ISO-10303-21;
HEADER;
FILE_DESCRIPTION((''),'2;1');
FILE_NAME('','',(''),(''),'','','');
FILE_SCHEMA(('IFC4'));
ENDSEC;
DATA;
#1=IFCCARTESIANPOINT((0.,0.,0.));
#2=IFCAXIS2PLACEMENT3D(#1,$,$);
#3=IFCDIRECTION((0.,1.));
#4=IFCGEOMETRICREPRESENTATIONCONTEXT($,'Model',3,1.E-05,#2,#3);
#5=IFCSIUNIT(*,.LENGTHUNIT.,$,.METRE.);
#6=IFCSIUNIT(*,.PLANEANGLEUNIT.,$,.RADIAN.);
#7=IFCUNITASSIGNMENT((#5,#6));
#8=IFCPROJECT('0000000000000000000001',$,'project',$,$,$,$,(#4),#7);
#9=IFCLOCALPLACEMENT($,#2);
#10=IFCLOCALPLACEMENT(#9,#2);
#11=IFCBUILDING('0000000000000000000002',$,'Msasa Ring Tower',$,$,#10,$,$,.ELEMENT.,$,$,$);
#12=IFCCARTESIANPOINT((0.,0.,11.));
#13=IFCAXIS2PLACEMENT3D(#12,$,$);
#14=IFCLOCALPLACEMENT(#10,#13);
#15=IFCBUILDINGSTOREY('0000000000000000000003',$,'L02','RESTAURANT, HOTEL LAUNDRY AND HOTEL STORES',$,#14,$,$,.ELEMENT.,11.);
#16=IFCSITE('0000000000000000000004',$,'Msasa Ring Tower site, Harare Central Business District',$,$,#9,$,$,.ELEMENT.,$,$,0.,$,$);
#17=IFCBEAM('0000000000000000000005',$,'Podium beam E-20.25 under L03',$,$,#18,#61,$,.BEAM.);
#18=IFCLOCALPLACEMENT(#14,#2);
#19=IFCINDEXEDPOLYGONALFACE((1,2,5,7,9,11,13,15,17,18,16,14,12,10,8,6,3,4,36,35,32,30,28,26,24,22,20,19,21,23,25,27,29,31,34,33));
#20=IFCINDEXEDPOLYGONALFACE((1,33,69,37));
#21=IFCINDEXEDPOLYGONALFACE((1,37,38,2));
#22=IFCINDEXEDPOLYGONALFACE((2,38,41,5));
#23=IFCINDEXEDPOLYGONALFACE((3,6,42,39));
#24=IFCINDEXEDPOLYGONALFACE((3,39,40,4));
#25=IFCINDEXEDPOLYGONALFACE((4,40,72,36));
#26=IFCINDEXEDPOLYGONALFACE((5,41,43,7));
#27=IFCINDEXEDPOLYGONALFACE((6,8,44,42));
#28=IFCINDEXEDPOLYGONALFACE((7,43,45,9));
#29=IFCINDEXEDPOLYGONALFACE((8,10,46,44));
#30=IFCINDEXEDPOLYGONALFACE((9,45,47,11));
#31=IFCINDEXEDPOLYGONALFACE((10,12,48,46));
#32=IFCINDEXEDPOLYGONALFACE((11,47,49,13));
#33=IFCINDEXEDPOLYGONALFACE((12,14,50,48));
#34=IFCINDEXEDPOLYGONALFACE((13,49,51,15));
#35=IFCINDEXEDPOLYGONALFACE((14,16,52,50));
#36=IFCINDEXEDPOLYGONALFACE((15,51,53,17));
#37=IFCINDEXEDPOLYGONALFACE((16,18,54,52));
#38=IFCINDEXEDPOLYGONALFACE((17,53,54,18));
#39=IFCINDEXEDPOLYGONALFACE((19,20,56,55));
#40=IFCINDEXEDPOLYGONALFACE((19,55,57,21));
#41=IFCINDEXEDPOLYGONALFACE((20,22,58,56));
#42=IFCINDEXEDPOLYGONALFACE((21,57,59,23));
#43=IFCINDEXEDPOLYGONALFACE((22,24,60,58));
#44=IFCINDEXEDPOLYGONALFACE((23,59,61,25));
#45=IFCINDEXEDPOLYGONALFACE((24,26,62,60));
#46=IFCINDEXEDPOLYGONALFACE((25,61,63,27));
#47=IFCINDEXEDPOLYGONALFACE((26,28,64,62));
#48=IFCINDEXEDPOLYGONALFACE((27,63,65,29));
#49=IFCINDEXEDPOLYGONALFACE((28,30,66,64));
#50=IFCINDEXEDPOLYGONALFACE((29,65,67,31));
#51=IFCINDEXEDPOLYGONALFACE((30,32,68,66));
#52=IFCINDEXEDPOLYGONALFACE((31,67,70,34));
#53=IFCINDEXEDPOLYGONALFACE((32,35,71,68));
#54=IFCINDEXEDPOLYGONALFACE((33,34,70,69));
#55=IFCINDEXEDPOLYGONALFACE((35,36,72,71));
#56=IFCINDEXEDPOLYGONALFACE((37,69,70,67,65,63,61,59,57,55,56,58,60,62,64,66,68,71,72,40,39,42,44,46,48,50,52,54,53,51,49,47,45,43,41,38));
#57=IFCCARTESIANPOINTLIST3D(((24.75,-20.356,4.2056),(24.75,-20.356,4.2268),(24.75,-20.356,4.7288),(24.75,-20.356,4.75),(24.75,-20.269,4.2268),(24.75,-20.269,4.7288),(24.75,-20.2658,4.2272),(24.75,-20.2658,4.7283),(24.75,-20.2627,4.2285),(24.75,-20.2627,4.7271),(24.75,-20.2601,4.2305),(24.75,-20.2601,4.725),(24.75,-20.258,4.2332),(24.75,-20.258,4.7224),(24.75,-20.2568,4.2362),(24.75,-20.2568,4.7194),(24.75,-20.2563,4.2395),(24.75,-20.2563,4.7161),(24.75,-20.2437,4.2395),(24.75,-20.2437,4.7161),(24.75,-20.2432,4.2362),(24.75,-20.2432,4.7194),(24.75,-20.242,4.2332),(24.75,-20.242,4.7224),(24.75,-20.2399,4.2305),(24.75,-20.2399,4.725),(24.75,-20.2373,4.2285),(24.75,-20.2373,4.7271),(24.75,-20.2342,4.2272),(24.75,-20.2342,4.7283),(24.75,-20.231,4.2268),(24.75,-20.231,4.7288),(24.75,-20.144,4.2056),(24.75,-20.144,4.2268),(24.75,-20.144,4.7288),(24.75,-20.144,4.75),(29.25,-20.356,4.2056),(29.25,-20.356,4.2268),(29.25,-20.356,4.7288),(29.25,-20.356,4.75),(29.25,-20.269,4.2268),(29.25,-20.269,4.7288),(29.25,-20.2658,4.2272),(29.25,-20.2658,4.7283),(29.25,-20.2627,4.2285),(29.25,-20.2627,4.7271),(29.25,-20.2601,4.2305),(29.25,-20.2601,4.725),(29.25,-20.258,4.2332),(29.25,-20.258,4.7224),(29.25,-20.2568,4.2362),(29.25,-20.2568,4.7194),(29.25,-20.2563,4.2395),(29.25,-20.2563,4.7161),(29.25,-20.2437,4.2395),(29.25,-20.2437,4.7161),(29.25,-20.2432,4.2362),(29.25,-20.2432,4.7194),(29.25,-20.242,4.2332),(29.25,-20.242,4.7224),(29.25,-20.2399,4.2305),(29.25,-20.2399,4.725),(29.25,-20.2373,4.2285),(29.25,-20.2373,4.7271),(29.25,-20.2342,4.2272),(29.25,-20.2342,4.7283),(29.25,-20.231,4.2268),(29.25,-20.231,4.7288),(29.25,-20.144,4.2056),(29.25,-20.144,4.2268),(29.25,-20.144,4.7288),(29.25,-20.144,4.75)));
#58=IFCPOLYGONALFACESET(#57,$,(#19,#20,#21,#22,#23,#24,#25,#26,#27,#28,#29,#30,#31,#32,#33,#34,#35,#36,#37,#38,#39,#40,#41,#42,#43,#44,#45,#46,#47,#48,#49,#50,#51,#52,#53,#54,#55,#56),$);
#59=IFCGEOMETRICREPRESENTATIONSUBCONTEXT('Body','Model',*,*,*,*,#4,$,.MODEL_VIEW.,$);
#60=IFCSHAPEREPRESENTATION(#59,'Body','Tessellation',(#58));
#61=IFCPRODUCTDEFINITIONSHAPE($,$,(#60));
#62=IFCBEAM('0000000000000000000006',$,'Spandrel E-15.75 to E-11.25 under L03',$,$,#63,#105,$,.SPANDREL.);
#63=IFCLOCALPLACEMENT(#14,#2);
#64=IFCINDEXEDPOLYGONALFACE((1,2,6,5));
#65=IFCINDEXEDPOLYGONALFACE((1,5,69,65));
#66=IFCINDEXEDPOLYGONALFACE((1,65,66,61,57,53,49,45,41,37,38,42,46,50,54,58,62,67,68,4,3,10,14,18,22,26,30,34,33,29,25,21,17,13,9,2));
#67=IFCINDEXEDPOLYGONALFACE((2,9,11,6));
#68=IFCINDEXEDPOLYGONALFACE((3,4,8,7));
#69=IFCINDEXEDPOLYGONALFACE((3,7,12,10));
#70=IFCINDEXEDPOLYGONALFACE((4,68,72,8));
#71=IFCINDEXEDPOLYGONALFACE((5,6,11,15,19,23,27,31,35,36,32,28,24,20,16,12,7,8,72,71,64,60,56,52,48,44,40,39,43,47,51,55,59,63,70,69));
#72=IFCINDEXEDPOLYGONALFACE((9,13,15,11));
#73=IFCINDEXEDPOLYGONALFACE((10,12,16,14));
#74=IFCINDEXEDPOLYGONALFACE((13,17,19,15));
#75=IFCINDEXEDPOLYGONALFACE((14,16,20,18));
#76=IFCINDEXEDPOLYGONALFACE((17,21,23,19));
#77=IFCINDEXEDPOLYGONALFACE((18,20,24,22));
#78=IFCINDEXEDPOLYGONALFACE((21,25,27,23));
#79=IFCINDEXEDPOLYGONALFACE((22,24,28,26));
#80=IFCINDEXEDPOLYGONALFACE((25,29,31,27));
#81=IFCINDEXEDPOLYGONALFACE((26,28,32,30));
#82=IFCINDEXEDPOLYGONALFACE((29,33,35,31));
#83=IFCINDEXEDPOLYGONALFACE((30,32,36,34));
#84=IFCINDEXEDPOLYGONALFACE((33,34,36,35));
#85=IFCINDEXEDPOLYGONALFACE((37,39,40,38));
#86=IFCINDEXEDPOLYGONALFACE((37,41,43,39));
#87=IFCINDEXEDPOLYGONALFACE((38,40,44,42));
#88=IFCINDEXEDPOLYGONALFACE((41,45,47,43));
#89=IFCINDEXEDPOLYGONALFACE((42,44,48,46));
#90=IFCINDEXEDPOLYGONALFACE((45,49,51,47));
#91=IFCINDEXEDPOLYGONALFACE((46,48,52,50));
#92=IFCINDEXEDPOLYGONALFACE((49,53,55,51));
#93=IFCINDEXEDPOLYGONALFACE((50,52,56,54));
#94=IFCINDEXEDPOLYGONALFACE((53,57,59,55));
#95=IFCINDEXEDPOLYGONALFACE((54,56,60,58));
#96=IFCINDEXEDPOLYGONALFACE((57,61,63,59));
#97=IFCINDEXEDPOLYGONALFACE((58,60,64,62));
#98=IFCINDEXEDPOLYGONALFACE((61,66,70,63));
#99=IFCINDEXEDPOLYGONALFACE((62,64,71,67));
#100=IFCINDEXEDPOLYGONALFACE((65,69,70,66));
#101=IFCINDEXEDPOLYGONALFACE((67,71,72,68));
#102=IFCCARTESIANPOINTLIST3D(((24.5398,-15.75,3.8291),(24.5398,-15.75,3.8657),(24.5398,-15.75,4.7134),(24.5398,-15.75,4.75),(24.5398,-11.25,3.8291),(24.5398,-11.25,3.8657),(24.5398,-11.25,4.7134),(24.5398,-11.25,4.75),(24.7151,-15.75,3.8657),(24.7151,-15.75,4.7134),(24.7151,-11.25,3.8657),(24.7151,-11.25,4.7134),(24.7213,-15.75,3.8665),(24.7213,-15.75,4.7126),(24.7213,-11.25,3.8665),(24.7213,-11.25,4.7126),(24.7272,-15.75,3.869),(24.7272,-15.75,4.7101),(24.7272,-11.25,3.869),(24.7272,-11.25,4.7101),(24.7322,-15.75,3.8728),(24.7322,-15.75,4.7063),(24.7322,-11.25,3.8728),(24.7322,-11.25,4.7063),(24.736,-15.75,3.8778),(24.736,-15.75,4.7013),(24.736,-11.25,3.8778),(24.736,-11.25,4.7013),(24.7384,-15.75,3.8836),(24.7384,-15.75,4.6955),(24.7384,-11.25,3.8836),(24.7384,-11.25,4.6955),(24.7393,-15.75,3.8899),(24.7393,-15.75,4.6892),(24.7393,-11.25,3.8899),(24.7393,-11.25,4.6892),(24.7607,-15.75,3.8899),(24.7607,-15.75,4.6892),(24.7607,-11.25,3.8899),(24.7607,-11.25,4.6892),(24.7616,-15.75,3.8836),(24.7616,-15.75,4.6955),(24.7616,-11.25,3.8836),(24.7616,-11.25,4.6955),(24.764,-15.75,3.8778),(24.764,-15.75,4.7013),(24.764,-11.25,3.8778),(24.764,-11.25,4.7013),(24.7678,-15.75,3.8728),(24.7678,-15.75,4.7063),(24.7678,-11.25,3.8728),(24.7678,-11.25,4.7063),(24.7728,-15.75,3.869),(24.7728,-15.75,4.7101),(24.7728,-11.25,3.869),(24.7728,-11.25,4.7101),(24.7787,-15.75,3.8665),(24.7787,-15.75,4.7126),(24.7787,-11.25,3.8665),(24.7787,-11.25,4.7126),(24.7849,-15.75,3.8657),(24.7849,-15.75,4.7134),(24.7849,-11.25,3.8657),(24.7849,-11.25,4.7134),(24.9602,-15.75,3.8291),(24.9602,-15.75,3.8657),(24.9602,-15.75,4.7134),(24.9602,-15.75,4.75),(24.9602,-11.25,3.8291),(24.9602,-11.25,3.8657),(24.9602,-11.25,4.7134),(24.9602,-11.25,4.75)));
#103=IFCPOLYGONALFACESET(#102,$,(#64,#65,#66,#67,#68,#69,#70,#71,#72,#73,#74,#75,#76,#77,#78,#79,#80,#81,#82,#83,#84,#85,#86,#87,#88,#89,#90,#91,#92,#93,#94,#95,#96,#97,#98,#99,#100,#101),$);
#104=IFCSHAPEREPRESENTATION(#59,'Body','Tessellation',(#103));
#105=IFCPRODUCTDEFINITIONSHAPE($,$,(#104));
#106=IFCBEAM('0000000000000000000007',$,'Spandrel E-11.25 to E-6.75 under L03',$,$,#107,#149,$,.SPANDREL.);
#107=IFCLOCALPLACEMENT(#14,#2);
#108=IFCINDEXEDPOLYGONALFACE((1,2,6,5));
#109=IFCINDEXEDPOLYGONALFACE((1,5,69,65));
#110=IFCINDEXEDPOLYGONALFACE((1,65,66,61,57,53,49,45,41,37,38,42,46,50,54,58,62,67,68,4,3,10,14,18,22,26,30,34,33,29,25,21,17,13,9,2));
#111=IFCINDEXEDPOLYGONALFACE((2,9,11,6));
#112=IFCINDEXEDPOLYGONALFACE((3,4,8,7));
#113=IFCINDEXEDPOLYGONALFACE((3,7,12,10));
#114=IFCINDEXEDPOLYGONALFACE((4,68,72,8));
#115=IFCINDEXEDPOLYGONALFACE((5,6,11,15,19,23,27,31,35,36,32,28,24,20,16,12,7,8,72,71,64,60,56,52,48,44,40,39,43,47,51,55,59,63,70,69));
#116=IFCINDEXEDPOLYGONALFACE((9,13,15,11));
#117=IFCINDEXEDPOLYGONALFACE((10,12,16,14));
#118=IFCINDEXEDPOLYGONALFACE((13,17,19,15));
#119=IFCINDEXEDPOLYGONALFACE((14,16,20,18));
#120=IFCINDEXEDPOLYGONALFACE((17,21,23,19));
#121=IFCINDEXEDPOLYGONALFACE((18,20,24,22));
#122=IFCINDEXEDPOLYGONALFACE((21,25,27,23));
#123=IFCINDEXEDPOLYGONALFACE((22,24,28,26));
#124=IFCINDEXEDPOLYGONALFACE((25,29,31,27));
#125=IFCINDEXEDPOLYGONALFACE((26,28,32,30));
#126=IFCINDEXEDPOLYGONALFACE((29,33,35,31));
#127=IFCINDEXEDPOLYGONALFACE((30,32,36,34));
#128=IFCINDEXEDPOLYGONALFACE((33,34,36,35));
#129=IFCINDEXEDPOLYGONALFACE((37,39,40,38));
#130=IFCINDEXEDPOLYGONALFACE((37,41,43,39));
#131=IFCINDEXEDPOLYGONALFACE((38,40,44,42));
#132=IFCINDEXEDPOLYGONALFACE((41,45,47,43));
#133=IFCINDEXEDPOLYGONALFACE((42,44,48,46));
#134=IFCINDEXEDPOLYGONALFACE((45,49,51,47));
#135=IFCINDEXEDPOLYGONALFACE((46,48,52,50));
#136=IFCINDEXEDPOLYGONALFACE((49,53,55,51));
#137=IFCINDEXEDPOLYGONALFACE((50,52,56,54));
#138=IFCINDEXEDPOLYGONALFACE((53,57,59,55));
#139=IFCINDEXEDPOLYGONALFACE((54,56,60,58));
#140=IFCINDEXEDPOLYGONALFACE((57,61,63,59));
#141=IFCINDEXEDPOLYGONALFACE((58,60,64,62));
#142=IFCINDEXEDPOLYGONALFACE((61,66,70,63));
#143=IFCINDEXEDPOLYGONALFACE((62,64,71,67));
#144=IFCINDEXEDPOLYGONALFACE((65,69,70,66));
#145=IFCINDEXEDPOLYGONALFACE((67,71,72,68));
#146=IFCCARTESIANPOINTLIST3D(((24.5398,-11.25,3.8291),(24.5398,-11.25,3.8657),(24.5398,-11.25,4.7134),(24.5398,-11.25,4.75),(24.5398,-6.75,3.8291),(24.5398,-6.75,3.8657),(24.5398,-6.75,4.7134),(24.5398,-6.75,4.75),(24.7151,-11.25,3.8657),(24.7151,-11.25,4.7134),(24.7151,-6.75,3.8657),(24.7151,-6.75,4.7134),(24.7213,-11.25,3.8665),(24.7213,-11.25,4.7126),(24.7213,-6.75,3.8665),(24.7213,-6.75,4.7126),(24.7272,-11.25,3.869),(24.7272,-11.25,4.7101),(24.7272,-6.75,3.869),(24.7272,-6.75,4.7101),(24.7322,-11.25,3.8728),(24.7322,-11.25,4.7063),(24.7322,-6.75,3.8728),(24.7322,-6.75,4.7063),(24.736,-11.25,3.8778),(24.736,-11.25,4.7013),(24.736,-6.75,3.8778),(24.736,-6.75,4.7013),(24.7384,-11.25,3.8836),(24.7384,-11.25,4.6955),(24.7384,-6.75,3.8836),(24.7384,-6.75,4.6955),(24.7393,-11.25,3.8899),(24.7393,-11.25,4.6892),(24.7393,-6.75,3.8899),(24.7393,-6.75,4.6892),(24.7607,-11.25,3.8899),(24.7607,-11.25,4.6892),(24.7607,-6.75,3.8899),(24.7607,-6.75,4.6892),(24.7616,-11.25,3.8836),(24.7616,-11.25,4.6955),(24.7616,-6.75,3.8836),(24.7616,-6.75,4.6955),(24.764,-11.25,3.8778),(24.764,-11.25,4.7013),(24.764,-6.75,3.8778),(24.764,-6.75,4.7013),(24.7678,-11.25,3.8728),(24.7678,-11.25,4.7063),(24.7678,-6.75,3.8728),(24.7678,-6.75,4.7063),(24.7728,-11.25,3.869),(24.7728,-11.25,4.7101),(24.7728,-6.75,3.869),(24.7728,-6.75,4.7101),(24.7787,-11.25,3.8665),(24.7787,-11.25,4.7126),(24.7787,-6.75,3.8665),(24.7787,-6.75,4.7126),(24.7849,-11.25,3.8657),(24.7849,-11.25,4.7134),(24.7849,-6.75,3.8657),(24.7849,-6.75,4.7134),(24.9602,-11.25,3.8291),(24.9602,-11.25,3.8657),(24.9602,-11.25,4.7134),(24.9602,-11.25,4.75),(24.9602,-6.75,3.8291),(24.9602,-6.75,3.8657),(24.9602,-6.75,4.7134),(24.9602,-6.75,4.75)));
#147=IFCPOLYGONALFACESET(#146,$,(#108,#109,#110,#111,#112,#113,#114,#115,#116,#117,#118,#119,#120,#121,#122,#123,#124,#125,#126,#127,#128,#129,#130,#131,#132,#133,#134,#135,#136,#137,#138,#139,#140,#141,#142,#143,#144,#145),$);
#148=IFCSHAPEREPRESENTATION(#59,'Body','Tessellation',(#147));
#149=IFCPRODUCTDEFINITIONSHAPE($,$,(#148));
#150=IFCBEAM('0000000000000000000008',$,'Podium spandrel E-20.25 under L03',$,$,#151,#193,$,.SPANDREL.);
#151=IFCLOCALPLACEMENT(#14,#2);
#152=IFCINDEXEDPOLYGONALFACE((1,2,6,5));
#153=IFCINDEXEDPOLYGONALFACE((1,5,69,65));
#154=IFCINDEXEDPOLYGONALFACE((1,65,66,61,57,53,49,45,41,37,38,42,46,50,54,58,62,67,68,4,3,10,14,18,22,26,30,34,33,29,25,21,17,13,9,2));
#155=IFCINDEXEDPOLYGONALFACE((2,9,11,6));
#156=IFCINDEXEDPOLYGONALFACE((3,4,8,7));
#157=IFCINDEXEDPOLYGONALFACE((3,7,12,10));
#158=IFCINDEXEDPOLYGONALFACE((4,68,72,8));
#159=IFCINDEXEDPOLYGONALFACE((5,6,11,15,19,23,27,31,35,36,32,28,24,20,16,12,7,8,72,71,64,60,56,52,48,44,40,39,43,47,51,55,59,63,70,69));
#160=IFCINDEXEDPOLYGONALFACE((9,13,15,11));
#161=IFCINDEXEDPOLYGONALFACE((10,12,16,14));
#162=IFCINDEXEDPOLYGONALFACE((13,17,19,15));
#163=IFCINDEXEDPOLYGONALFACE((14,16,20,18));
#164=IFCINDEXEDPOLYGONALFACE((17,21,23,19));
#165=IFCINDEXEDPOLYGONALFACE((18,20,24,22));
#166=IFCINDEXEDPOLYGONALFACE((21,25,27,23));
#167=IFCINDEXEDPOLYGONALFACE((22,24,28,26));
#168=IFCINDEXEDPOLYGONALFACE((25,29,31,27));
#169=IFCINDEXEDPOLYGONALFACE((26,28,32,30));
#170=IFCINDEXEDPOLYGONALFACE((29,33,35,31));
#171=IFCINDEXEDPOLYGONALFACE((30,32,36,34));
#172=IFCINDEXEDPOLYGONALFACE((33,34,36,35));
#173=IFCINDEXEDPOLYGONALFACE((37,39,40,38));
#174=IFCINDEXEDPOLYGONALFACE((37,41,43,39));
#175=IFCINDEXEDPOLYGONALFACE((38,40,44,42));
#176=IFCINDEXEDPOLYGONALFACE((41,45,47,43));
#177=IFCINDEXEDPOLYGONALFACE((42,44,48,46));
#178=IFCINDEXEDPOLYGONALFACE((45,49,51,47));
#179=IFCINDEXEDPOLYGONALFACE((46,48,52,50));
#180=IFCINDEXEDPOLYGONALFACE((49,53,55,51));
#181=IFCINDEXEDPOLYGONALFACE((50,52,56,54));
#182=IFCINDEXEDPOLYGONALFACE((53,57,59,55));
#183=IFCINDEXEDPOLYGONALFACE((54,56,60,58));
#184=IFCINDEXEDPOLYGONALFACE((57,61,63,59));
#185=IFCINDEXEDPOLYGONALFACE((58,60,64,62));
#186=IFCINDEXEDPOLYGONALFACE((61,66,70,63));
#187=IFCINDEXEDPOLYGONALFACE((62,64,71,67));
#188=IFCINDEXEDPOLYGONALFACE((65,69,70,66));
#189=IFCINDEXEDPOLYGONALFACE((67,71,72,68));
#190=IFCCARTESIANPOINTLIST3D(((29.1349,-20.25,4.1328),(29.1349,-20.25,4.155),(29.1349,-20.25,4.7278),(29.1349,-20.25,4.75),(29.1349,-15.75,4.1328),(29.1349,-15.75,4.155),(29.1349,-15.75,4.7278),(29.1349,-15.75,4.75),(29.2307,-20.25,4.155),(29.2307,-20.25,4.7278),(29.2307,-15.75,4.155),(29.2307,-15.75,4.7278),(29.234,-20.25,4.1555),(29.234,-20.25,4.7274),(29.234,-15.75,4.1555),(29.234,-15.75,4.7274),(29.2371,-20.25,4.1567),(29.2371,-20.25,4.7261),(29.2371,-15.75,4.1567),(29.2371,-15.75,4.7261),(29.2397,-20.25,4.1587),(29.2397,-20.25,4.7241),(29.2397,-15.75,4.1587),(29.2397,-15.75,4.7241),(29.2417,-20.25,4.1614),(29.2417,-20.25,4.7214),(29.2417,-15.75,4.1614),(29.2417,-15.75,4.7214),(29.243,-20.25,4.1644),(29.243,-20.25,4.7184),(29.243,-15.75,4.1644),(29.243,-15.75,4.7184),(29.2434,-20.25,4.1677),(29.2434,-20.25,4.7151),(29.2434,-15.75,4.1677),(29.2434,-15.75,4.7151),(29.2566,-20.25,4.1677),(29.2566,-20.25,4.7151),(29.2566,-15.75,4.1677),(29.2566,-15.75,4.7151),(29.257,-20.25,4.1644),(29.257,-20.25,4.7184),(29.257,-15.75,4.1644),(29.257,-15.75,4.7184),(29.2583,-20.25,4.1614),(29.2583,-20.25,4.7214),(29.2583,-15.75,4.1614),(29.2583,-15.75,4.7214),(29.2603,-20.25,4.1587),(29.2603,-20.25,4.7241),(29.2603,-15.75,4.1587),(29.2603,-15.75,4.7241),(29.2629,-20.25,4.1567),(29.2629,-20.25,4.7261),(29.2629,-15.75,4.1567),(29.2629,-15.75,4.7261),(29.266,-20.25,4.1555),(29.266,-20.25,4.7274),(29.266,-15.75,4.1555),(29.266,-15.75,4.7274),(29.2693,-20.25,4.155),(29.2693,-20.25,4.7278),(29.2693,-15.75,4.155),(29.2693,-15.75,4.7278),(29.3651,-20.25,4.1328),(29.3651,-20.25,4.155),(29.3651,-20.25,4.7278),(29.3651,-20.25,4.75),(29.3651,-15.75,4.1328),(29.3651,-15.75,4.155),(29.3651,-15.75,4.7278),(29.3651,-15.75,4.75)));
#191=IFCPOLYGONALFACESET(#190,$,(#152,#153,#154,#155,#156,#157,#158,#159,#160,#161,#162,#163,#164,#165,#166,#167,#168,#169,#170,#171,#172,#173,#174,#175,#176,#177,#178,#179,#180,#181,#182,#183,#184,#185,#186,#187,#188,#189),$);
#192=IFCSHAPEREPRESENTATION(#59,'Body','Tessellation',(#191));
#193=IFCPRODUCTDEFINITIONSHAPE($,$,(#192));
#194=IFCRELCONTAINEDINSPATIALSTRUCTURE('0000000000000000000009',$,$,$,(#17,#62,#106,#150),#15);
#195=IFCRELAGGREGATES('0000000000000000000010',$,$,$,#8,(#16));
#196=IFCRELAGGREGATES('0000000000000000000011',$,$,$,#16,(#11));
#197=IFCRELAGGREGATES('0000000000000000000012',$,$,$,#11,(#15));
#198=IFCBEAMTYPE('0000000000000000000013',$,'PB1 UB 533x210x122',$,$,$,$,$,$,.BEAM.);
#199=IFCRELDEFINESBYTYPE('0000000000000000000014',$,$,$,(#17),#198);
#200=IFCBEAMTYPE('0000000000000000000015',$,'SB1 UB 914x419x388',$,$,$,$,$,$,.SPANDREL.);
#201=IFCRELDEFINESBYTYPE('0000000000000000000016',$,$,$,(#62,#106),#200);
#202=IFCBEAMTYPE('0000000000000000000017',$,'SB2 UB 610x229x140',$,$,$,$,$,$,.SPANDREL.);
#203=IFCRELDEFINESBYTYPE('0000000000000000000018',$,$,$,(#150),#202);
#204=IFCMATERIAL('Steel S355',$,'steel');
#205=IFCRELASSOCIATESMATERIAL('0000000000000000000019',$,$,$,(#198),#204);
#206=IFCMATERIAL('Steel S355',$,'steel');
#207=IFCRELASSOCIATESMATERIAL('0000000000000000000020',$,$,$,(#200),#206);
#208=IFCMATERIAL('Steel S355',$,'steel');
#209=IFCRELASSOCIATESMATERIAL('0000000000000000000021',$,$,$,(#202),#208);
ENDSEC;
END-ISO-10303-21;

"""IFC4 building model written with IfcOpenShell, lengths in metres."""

from ifc_helpers import new_model, si_unit, direction, frame, origin, origin_2d, place, context, subcontext, project, spatial, i_section, extrude, material, material_profile, profile_set, type_object, element, save


model = new_model("IFC4")

# Units and contexts
model_context = context("Model", 3, precision=1e-05, world=origin(), true_north=direction((0.0, 1.0)))
body_context = subcontext(model_context, "Body", "Model", "MODEL_VIEW")
ifc_project = project(units=[si_unit("LENGTHUNIT", "METRE"), si_unit("PLANEANGLEUNIT", "RADIAN")], contexts=[model_context])

# Site, building, storey
site_placement = place(None, origin())
site = spatial("IfcSite", under=ifc_project, at=site_placement, Name="Msasa Ring Tower site, Harare Central Business District", CompositionType="ELEMENT", RefElevation=0.0)
building_placement = place(site_placement, origin())
building = spatial("IfcBuilding", under=site, at=building_placement, Name="Msasa Ring Tower", CompositionType="ELEMENT")
storey_placement = place(building_placement, frame((0.0, 0.0, 11.0)))
storey = spatial("IfcBuildingStorey", under=building, at=storey_placement, Name="L02", Description="RESTAURANT, HOTEL LAUNDRY AND HOTEL STORES", CompositionType="ELEMENT", Elevation=11.0)

# Beams
ifc_material_1 = material(Name="Steel S355", Category="steel")
ifc_material_profile_1 = material_profile(ifc_material_1, i_section(OverallWidth=0.2119, OverallDepth=0.5444, WebThickness=0.0127, FlangeThickness=0.0212, FilletRadius=0.0127, at=origin_2d()), Name="UB 533x210x122")
ifc_profile_set_1 = profile_set([ifc_material_profile_1], Name="Steel S355")
beam_type_1 = type_object("IfcBeamType", Name="PB1 UB 533x210x122", PredefinedType="BEAM", material=ifc_profile_set_1)
beam_placement = place(storey_placement, frame((29.25, -20.25, 4.4778), z_axis=(-1.0, 0.0, 0.0), x_axis=(0.0, -1.0, 0.0)))
element("IfcBeam", 1, at=beam_placement, inside=storey, type_object=beam_type_1, Name="Podium beam E-20.25 under L03", PredefinedType="BEAM", context=body_context, shape_type="SweptSolid", body=[
    extrude(i_section(OverallWidth=0.2119, OverallDepth=0.5444, WebThickness=0.0127, FlangeThickness=0.0212, FilletRadius=0.0127, at=origin_2d()), origin(), (0.0, 0.0, 1.0), 4.5),
])
ifc_material_2 = material(Name="Steel S355", Category="steel")
ifc_material_profile_2 = material_profile(ifc_material_2, i_section(OverallWidth=0.4204, OverallDepth=0.9209, WebThickness=0.0215, FlangeThickness=0.0366, FilletRadius=0.0242, at=origin_2d()), Name="UB 914x419x388")
ifc_profile_set_2 = profile_set([ifc_material_profile_2], Name="Steel S355")
beam_type_2 = type_object("IfcBeamType", Name="SB1 UB 914x419x388", PredefinedType="SPANDREL", material=ifc_profile_set_2)
for number, where, z_axis, x_axis, name in (
    (2, (24.75, -15.75, 4.2896), (0.0, 1.0, 0.0), (-1.0, 0.0, 0.0), "Spandrel E-15.75 to E-11.25 under L03"),
    (3, (24.75, -11.25, 4.2896), (0.0, 1.0, 0.0), (-1.0, 0.0, 0.0), "Spandrel E-11.25 to E-6.75 under L03"),
):
    element("IfcBeam", number, at=place(storey_placement, frame(where, z_axis=z_axis, x_axis=x_axis)), inside=storey, type_object=beam_type_2, Name=name, PredefinedType="SPANDREL", context=body_context, shape_type="SweptSolid", body=[
        extrude(i_section(OverallWidth=0.4204, OverallDepth=0.9209, WebThickness=0.0215, FlangeThickness=0.0366, FilletRadius=0.0242, at=origin_2d()), origin(), (0.0, 0.0, 1.0), 4.5),
    ])
ifc_material_3 = material(Name="Steel S355", Category="steel")
ifc_material_profile_3 = material_profile(ifc_material_3, i_section(OverallWidth=0.2302, OverallDepth=0.6172, WebThickness=0.0132, FlangeThickness=0.0222, FilletRadius=0.0127, at=origin_2d()), Name="UB 610x229x140")
ifc_profile_set_3 = profile_set([ifc_material_profile_3], Name="Steel S355")
beam_type_3 = type_object("IfcBeamType", Name="SB2 UB 610x229x140", PredefinedType="SPANDREL", material=ifc_profile_set_3)
for number, where, z_axis, x_axis, name in (
    (4, (29.25, -20.25, 4.4414), (0.0, 1.0, 0.0), (-1.0, 0.0, 0.0), "Podium spandrel E-20.25 under L03"),
):
    element("IfcBeam", number, at=place(storey_placement, frame(where, z_axis=z_axis, x_axis=x_axis)), inside=storey, type_object=beam_type_3, Name=name, PredefinedType="SPANDREL", context=body_context, shape_type="SweptSolid", body=[
        extrude(i_section(OverallWidth=0.2302, OverallDepth=0.6172, WebThickness=0.0132, FlangeThickness=0.0222, FilletRadius=0.0127, at=origin_2d()), origin(), (0.0, 0.0, 1.0), 4.5),
    ])

save(model, "model.ifc")
